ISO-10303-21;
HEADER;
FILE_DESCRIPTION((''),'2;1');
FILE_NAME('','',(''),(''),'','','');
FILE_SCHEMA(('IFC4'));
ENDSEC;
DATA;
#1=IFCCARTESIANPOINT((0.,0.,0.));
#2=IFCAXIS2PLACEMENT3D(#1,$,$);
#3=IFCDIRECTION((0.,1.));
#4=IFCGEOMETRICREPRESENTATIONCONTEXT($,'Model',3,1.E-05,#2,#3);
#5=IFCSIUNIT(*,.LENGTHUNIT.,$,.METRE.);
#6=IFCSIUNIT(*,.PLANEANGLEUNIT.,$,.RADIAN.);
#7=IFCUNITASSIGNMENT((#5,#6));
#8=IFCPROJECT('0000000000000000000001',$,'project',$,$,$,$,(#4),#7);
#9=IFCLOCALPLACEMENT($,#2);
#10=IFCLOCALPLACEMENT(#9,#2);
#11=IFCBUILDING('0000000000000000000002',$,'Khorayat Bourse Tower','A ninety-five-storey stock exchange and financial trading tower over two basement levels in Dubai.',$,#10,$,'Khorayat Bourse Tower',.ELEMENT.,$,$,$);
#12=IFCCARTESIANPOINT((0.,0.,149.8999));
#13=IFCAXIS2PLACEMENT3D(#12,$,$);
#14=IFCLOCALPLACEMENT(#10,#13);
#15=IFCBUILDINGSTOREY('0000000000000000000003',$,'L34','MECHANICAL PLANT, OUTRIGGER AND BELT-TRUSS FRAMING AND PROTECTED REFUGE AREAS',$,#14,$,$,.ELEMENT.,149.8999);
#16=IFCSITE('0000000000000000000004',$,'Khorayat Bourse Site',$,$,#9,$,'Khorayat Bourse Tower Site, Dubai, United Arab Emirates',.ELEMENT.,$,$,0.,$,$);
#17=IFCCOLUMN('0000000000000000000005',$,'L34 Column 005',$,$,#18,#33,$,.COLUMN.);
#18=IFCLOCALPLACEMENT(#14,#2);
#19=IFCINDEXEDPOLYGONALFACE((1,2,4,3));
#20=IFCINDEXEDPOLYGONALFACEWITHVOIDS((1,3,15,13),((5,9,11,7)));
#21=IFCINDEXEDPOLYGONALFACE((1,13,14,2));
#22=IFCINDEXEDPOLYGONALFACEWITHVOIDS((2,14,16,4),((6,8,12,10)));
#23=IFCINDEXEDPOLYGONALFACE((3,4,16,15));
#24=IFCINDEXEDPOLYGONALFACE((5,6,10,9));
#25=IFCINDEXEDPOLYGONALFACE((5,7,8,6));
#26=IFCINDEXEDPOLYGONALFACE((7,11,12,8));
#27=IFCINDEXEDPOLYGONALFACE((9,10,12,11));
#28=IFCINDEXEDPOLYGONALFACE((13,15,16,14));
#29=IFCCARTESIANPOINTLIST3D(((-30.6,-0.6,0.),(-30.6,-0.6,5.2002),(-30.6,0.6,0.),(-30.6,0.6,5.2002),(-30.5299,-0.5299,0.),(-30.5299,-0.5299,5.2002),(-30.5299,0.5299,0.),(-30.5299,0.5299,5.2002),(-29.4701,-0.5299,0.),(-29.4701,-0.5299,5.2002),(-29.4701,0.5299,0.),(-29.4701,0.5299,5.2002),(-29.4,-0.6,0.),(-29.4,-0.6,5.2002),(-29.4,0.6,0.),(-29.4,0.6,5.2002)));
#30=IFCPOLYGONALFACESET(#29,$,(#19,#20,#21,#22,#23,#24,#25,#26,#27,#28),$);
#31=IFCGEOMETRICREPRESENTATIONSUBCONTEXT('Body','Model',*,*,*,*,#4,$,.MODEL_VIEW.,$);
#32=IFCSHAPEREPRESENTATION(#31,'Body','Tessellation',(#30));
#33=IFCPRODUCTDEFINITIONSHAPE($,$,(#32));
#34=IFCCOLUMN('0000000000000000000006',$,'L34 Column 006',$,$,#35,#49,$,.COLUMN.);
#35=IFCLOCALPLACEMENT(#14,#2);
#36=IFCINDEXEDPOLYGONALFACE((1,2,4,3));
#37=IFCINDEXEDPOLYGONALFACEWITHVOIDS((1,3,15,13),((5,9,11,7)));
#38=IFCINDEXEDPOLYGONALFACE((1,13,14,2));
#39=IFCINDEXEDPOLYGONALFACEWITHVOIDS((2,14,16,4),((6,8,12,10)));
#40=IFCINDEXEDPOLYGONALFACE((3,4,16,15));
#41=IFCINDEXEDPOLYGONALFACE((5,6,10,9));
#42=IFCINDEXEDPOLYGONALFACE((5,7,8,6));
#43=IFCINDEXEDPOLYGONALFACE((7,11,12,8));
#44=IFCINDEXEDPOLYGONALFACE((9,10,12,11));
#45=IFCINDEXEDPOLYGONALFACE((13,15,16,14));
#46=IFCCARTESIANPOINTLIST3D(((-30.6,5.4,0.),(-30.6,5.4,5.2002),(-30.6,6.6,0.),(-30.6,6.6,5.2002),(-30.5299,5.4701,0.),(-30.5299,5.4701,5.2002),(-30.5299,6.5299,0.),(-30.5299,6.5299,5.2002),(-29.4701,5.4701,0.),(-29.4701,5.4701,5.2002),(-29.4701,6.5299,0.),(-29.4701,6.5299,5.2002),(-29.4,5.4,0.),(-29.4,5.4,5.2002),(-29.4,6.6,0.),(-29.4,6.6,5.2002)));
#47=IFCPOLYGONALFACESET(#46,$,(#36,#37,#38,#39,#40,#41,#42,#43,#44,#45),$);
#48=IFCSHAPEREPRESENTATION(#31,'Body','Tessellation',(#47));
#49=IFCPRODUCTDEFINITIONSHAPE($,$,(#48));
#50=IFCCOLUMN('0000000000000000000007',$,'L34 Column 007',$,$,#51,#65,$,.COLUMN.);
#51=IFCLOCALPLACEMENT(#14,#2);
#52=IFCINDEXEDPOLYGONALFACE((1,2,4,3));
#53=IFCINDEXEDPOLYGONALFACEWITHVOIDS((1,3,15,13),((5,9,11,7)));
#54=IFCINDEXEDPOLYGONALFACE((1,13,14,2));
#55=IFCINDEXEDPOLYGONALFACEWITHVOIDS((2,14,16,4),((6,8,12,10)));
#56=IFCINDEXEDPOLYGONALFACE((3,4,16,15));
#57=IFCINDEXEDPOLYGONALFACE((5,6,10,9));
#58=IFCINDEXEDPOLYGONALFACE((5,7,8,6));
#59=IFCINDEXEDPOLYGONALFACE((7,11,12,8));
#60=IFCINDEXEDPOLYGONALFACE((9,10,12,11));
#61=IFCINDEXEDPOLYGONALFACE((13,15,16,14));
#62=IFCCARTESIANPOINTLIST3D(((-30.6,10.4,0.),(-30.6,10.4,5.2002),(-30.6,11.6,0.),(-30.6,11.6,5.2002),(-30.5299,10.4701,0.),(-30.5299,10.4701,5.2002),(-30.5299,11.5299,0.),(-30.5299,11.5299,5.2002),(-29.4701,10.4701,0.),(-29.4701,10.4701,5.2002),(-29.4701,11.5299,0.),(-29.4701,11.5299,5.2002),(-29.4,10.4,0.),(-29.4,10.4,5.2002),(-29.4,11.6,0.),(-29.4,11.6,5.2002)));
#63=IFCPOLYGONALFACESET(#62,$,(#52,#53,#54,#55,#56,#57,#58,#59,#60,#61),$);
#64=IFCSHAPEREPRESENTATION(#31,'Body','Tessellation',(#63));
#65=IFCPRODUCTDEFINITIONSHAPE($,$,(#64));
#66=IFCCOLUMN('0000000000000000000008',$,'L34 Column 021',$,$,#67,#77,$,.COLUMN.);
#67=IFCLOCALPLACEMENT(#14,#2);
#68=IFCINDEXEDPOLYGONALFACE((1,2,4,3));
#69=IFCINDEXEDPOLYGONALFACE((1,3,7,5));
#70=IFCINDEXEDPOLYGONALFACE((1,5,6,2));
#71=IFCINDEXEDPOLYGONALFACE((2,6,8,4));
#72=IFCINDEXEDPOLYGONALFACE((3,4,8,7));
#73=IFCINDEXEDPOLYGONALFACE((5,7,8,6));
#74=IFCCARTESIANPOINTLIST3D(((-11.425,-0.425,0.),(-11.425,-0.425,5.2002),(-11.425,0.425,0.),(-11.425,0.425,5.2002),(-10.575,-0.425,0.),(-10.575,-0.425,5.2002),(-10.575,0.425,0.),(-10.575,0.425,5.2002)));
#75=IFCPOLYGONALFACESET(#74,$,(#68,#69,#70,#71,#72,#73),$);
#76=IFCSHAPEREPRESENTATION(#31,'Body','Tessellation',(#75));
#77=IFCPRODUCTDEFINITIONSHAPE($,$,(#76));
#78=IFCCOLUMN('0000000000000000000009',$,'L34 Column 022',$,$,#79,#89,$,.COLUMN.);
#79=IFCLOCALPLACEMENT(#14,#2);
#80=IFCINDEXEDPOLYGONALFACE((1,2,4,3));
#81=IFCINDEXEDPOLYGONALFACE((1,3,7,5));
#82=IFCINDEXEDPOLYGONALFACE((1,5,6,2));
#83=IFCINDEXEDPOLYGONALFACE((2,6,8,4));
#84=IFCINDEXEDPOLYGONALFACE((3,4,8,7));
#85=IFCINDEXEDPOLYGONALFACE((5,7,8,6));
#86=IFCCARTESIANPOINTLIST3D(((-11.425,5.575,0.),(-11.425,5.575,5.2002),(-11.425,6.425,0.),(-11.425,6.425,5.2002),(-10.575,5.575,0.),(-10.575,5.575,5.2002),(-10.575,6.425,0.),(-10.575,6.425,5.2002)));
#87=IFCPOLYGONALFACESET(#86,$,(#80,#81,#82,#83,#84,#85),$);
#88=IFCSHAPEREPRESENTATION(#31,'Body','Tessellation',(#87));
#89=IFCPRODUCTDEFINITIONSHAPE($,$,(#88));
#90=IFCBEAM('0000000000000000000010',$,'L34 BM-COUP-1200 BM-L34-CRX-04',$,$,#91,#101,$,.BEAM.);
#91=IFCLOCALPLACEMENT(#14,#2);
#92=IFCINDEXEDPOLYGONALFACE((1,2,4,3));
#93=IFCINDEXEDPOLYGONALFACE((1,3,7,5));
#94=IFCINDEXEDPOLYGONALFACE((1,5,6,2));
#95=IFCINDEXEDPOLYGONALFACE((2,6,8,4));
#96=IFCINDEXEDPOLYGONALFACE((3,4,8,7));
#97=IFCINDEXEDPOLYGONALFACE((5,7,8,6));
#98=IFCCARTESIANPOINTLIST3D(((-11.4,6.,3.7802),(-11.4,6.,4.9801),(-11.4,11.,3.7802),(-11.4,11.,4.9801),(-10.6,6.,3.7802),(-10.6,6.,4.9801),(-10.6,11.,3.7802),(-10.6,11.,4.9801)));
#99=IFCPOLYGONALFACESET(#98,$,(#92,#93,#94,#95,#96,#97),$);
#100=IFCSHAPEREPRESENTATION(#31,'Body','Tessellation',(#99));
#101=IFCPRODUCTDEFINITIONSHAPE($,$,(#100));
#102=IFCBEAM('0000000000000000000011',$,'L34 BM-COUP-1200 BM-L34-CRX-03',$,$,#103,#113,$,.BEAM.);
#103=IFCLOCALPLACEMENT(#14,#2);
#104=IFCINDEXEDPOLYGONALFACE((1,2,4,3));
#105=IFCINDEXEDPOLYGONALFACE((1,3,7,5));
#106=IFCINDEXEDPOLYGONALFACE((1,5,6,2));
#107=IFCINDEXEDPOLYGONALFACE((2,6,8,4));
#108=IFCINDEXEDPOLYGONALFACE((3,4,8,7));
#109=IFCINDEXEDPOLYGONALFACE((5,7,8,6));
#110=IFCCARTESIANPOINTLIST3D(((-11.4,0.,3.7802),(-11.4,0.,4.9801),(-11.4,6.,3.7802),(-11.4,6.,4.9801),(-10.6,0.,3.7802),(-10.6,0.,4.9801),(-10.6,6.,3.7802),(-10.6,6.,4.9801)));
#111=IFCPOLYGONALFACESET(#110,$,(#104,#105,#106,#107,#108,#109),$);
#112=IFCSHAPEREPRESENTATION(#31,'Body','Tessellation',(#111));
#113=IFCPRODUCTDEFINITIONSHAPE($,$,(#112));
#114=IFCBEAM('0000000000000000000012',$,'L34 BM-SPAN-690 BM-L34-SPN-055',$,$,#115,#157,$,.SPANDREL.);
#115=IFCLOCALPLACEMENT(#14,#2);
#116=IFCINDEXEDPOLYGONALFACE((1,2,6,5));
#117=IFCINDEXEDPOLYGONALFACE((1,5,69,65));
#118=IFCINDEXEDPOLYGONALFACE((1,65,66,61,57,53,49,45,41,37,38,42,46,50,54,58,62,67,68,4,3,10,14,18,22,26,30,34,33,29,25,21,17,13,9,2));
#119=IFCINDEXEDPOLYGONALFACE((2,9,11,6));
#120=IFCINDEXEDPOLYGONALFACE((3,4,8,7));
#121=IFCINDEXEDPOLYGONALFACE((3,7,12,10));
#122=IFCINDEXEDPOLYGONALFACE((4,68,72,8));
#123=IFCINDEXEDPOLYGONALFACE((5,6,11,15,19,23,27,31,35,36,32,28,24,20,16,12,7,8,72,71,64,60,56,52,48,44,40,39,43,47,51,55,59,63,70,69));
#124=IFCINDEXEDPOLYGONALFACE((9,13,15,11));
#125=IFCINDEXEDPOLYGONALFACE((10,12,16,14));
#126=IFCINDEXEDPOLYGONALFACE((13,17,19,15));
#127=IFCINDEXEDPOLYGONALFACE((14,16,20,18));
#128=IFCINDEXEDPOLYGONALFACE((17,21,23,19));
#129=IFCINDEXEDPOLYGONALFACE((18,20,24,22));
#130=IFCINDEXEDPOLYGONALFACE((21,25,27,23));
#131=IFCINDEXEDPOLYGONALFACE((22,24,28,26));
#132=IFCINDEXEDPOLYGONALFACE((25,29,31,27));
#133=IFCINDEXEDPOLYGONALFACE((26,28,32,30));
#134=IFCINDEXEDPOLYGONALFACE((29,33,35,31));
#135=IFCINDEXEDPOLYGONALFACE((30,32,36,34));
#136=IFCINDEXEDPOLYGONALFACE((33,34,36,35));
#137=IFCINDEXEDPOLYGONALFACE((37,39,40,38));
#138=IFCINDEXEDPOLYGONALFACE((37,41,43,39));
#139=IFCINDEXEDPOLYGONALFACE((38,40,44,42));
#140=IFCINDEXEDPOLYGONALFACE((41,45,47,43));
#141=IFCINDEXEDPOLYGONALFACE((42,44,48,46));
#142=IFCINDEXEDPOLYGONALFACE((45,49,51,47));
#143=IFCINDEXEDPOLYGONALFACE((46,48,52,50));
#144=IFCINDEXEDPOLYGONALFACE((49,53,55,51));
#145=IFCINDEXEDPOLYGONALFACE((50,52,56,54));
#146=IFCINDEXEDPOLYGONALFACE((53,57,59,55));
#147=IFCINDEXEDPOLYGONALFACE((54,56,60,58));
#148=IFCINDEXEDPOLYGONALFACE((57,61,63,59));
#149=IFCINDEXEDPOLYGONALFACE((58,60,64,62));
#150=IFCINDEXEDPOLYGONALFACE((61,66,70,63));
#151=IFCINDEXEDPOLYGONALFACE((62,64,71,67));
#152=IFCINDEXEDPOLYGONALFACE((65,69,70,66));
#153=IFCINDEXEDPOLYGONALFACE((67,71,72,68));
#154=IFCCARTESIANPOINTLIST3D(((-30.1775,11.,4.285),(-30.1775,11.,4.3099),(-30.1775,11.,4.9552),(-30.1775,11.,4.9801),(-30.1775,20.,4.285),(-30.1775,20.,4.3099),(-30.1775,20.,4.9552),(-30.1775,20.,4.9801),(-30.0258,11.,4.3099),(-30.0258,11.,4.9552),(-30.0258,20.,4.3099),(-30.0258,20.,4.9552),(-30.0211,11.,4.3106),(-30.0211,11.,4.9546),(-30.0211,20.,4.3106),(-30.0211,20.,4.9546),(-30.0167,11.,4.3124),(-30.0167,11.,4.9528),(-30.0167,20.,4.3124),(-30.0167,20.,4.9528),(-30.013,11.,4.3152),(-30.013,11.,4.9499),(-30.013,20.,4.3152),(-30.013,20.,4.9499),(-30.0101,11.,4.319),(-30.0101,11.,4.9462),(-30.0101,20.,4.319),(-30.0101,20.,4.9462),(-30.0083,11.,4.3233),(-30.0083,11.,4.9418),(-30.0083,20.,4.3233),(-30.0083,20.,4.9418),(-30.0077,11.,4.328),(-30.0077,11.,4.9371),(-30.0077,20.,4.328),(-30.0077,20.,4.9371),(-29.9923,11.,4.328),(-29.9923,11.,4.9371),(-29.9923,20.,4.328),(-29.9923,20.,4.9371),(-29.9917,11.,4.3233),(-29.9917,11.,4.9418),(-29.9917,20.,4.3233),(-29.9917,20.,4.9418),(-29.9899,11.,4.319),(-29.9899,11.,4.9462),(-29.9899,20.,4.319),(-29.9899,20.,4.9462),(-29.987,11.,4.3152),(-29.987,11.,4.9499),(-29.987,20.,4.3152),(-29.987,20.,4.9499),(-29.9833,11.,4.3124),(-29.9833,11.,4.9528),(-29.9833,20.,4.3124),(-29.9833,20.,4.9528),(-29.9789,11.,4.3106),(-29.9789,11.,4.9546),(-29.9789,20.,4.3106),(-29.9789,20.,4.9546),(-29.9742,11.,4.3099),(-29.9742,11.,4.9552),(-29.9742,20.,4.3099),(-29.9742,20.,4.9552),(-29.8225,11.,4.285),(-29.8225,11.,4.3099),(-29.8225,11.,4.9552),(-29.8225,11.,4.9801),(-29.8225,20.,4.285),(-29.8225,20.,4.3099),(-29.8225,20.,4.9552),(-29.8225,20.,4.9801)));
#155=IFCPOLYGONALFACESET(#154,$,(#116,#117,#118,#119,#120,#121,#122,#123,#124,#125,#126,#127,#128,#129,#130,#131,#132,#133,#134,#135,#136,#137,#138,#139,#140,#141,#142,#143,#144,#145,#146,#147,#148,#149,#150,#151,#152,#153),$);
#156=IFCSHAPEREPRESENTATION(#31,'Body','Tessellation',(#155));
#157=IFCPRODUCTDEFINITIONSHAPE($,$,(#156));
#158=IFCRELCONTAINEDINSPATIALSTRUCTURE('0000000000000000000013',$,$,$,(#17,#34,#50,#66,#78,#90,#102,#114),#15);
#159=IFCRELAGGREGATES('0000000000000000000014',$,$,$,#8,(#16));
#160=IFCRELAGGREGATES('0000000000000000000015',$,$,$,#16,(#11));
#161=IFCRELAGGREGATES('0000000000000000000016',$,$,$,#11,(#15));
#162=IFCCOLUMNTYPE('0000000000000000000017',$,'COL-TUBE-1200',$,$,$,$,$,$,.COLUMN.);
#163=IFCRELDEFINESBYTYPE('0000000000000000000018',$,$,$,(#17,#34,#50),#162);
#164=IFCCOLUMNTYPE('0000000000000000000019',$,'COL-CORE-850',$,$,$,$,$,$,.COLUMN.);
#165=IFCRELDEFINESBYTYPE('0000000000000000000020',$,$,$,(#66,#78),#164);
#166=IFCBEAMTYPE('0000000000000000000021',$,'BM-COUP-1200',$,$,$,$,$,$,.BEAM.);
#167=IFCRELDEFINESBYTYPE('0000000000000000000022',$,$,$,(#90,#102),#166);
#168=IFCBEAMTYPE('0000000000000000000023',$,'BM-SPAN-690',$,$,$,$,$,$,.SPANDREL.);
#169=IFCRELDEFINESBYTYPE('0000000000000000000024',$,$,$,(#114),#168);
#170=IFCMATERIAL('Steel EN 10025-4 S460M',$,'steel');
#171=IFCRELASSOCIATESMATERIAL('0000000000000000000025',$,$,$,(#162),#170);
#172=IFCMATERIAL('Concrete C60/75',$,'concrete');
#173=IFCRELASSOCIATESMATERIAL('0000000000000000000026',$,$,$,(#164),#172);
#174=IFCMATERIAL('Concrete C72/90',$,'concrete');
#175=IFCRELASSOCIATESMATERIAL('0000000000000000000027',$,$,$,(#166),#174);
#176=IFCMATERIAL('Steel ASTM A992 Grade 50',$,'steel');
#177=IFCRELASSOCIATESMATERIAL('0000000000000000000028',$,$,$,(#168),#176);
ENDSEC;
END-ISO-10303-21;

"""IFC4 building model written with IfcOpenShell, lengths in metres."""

from ifc_helpers import new_model, si_unit, direction, frame, origin, origin_2d, place, context, subcontext, project, spatial, rectangle, hollow_rectangle, i_section, extrude, source, transform, mapped, material, material_profile, profile_set, type_object, element, save


model = new_model("IFC4")

# Units and contexts
model_context = context("Model", 3, precision=1e-05, world=origin(), true_north=direction((0.0, 1.0)))
body_context = subcontext(model_context, "Body", "Model", "MODEL_VIEW")
ifc_project = project(units=[si_unit("LENGTHUNIT", "METRE"), si_unit("PLANEANGLEUNIT", "RADIAN")], contexts=[model_context])

# Site, building, storey
site_placement = place(None, origin())
site = spatial("IfcSite", under=ifc_project, at=site_placement, Name="Khorayat Bourse Site", LongName="Khorayat Bourse Tower Site, Dubai, United Arab Emirates", CompositionType="ELEMENT", RefElevation=0.0)
building_placement = place(site_placement, origin())
building = spatial("IfcBuilding", under=site, at=building_placement, Name="Khorayat Bourse Tower", Description="A ninety-five-storey stock exchange and financial trading tower over two basement levels in Dubai.", LongName="Khorayat Bourse Tower", CompositionType="ELEMENT")
storey_placement = place(building_placement, frame((0.0, 0.0, 149.8999)))
storey = spatial("IfcBuildingStorey", under=building, at=storey_placement, Name="L34", Description="MECHANICAL PLANT, OUTRIGGER AND BELT-TRUSS FRAMING AND PROTECTED REFUGE AREAS", CompositionType="ELEMENT", Elevation=149.8999)

# Columns
ifc_material_1 = material(Name="Steel EN 10025-4 S460M", Category="steel")
ifc_material_profile_1 = material_profile(ifc_material_1, hollow_rectangle(XDim=1.2, YDim=1.2, WallThickness=0.0701, at=origin_2d()), Name="BOX 1200x1200x70")
ifc_profile_set_1 = profile_set([ifc_material_profile_1], Name="Steel EN 10025-4 S460M")
column_type_1 = type_object("IfcColumnType", Name="COL-TUBE-1200", PredefinedType="COLUMN", material=ifc_profile_set_1)
shared_shape_1 = source(origin(), body_context, "Body", "SweptSolid", [
    extrude(hollow_rectangle(XDim=1.2, YDim=1.2, WallThickness=0.0701, at=origin_2d()), origin(), (0.0, 0.0, 1.0), 5.2002),
])
for number, where, z_axis, x_axis, name in (
    (1, (-30.0, 0.0, 0.0), (0.0, 0.0, 1.0), (1.0, 0.0, 0.0), "L34 Column 005"),
    (2, (-30.0, 6.0, 0.0), (0.0, 0.0, 1.0), (1.0, 0.0, 0.0), "L34 Column 006"),
    (3, (-30.0, 11.0, 0.0), (0.0, 0.0, 1.0), (1.0, 0.0, 0.0), "L34 Column 007"),
):
    element("IfcColumn", number, at=place(storey_placement, frame(where, z_axis=z_axis, x_axis=x_axis)), inside=storey, type_object=column_type_1, Name=name, PredefinedType="COLUMN", context=body_context, shape_type="MappedRepresentation", body=[
        mapped(shared_shape_1, transform((0.0, 0.0, 0.0), scale=1.0)),
    ])
ifc_material_2 = material(Name="Concrete C60/75", Category="concrete")
ifc_material_profile_2 = material_profile(ifc_material_2, rectangle(XDim=0.8501, YDim=0.8501, at=origin_2d()), Name="RC 850x850")
ifc_profile_set_2 = profile_set([ifc_material_profile_2], Name="Concrete C60/75")
column_type_2 = type_object("IfcColumnType", Name="COL-CORE-850", PredefinedType="COLUMN", material=ifc_profile_set_2)
shared_shape_2 = source(origin(), body_context, "Body", "SweptSolid", [
    extrude(rectangle(XDim=0.8501, YDim=0.8501, at=origin_2d()), origin(), (0.0, 0.0, 1.0), 5.2002),
])
for number, where, z_axis, x_axis, name in (
    (4, (-11.0, 0.0, 0.0), (0.0, 0.0, 1.0), (1.0, 0.0, 0.0), "L34 Column 021"),
    (5, (-11.0, 6.0, 0.0), (0.0, 0.0, 1.0), (1.0, 0.0, 0.0), "L34 Column 022"),
):
    element("IfcColumn", number, at=place(storey_placement, frame(where, z_axis=z_axis, x_axis=x_axis)), inside=storey, type_object=column_type_2, Name=name, PredefinedType="COLUMN", context=body_context, shape_type="MappedRepresentation", body=[
        mapped(shared_shape_2, transform((0.0, 0.0, 0.0), scale=1.0)),
    ])

# Beams
ifc_material_3 = material(Name="Concrete C72/90", Category="concrete")
ifc_material_profile_3 = material_profile(ifc_material_3, rectangle(XDim=0.8, YDim=1.2, at=origin_2d()), Name="RC 800x1200")
ifc_profile_set_3 = profile_set([ifc_material_profile_3], Name="Concrete C72/90")
beam_type_1 = type_object("IfcBeamType", Name="BM-COUP-1200", PredefinedType="BEAM", material=ifc_profile_set_3)
shared_shape_3 = source(origin(), body_context, "Body", "SweptSolid", [
    extrude(rectangle(XDim=0.8, YDim=1.2, at=origin_2d()), origin(), (0.0, 0.0, 1.0), 5.0),
])
beam_1_placement = place(storey_placement, frame((-11.0, 6.0, 4.3801), z_axis=(0.0, 1.0, 0.0), x_axis=(-1.0, 0.0, 0.0)))
element("IfcBeam", 6, at=beam_1_placement, inside=storey, type_object=beam_type_1, Name="L34 BM-COUP-1200 BM-L34-CRX-04", PredefinedType="BEAM", context=body_context, shape_type="MappedRepresentation", body=[
    mapped(shared_shape_3, transform((0.0, 0.0, 0.0), scale=1.0)),
])
shared_shape_4 = source(origin(), body_context, "Body", "SweptSolid", [
    extrude(rectangle(XDim=0.8, YDim=1.2, at=origin_2d()), origin(), (0.0, 0.0, 1.0), 6.0),
])
beam_2_placement = place(storey_placement, frame((-11.0, 0.0, 4.3801), z_axis=(0.0, 1.0, 0.0), x_axis=(-1.0, 0.0, 0.0)))
element("IfcBeam", 7, at=beam_2_placement, inside=storey, type_object=beam_type_1, Name="L34 BM-COUP-1200 BM-L34-CRX-03", PredefinedType="BEAM", context=body_context, shape_type="MappedRepresentation", body=[
    mapped(shared_shape_4, transform((0.0, 0.0, 0.0), scale=1.0)),
])
ifc_material_4 = material(Name="Steel ASTM A992 Grade 50", Category="steel")
ifc_material_profile_4 = material_profile(ifc_material_4, i_section(OverallWidth=0.355, OverallDepth=0.6951, WebThickness=0.0154, FlangeThickness=0.0249, FilletRadius=0.0181, at=origin_2d()), Name="W690X217")
ifc_profile_set_4 = profile_set([ifc_material_profile_4], Name="Steel ASTM A992 Grade 50")
beam_type_2 = type_object("IfcBeamType", Name="BM-SPAN-690", PredefinedType="SPANDREL", material=ifc_profile_set_4)
shared_shape_5 = source(origin(), body_context, "Body", "SweptSolid", [
    extrude(i_section(OverallWidth=0.355, OverallDepth=0.6951, WebThickness=0.0154, FlangeThickness=0.0249, FilletRadius=0.0181, at=origin_2d()), origin(), (0.0, 0.0, 1.0), 9.0),
])
beam_3_placement = place(storey_placement, frame((-30.0, 11.0, 4.6326), z_axis=(0.0, 1.0, 0.0), x_axis=(-1.0, 0.0, 0.0)))
element("IfcBeam", 8, at=beam_3_placement, inside=storey, type_object=beam_type_2, Name="L34 BM-SPAN-690 BM-L34-SPN-055", PredefinedType="SPANDREL", context=body_context, shape_type="MappedRepresentation", body=[
    mapped(shared_shape_5, transform((0.0, 0.0, 0.0), scale=1.0)),
])

save(model, "model.ifc")
